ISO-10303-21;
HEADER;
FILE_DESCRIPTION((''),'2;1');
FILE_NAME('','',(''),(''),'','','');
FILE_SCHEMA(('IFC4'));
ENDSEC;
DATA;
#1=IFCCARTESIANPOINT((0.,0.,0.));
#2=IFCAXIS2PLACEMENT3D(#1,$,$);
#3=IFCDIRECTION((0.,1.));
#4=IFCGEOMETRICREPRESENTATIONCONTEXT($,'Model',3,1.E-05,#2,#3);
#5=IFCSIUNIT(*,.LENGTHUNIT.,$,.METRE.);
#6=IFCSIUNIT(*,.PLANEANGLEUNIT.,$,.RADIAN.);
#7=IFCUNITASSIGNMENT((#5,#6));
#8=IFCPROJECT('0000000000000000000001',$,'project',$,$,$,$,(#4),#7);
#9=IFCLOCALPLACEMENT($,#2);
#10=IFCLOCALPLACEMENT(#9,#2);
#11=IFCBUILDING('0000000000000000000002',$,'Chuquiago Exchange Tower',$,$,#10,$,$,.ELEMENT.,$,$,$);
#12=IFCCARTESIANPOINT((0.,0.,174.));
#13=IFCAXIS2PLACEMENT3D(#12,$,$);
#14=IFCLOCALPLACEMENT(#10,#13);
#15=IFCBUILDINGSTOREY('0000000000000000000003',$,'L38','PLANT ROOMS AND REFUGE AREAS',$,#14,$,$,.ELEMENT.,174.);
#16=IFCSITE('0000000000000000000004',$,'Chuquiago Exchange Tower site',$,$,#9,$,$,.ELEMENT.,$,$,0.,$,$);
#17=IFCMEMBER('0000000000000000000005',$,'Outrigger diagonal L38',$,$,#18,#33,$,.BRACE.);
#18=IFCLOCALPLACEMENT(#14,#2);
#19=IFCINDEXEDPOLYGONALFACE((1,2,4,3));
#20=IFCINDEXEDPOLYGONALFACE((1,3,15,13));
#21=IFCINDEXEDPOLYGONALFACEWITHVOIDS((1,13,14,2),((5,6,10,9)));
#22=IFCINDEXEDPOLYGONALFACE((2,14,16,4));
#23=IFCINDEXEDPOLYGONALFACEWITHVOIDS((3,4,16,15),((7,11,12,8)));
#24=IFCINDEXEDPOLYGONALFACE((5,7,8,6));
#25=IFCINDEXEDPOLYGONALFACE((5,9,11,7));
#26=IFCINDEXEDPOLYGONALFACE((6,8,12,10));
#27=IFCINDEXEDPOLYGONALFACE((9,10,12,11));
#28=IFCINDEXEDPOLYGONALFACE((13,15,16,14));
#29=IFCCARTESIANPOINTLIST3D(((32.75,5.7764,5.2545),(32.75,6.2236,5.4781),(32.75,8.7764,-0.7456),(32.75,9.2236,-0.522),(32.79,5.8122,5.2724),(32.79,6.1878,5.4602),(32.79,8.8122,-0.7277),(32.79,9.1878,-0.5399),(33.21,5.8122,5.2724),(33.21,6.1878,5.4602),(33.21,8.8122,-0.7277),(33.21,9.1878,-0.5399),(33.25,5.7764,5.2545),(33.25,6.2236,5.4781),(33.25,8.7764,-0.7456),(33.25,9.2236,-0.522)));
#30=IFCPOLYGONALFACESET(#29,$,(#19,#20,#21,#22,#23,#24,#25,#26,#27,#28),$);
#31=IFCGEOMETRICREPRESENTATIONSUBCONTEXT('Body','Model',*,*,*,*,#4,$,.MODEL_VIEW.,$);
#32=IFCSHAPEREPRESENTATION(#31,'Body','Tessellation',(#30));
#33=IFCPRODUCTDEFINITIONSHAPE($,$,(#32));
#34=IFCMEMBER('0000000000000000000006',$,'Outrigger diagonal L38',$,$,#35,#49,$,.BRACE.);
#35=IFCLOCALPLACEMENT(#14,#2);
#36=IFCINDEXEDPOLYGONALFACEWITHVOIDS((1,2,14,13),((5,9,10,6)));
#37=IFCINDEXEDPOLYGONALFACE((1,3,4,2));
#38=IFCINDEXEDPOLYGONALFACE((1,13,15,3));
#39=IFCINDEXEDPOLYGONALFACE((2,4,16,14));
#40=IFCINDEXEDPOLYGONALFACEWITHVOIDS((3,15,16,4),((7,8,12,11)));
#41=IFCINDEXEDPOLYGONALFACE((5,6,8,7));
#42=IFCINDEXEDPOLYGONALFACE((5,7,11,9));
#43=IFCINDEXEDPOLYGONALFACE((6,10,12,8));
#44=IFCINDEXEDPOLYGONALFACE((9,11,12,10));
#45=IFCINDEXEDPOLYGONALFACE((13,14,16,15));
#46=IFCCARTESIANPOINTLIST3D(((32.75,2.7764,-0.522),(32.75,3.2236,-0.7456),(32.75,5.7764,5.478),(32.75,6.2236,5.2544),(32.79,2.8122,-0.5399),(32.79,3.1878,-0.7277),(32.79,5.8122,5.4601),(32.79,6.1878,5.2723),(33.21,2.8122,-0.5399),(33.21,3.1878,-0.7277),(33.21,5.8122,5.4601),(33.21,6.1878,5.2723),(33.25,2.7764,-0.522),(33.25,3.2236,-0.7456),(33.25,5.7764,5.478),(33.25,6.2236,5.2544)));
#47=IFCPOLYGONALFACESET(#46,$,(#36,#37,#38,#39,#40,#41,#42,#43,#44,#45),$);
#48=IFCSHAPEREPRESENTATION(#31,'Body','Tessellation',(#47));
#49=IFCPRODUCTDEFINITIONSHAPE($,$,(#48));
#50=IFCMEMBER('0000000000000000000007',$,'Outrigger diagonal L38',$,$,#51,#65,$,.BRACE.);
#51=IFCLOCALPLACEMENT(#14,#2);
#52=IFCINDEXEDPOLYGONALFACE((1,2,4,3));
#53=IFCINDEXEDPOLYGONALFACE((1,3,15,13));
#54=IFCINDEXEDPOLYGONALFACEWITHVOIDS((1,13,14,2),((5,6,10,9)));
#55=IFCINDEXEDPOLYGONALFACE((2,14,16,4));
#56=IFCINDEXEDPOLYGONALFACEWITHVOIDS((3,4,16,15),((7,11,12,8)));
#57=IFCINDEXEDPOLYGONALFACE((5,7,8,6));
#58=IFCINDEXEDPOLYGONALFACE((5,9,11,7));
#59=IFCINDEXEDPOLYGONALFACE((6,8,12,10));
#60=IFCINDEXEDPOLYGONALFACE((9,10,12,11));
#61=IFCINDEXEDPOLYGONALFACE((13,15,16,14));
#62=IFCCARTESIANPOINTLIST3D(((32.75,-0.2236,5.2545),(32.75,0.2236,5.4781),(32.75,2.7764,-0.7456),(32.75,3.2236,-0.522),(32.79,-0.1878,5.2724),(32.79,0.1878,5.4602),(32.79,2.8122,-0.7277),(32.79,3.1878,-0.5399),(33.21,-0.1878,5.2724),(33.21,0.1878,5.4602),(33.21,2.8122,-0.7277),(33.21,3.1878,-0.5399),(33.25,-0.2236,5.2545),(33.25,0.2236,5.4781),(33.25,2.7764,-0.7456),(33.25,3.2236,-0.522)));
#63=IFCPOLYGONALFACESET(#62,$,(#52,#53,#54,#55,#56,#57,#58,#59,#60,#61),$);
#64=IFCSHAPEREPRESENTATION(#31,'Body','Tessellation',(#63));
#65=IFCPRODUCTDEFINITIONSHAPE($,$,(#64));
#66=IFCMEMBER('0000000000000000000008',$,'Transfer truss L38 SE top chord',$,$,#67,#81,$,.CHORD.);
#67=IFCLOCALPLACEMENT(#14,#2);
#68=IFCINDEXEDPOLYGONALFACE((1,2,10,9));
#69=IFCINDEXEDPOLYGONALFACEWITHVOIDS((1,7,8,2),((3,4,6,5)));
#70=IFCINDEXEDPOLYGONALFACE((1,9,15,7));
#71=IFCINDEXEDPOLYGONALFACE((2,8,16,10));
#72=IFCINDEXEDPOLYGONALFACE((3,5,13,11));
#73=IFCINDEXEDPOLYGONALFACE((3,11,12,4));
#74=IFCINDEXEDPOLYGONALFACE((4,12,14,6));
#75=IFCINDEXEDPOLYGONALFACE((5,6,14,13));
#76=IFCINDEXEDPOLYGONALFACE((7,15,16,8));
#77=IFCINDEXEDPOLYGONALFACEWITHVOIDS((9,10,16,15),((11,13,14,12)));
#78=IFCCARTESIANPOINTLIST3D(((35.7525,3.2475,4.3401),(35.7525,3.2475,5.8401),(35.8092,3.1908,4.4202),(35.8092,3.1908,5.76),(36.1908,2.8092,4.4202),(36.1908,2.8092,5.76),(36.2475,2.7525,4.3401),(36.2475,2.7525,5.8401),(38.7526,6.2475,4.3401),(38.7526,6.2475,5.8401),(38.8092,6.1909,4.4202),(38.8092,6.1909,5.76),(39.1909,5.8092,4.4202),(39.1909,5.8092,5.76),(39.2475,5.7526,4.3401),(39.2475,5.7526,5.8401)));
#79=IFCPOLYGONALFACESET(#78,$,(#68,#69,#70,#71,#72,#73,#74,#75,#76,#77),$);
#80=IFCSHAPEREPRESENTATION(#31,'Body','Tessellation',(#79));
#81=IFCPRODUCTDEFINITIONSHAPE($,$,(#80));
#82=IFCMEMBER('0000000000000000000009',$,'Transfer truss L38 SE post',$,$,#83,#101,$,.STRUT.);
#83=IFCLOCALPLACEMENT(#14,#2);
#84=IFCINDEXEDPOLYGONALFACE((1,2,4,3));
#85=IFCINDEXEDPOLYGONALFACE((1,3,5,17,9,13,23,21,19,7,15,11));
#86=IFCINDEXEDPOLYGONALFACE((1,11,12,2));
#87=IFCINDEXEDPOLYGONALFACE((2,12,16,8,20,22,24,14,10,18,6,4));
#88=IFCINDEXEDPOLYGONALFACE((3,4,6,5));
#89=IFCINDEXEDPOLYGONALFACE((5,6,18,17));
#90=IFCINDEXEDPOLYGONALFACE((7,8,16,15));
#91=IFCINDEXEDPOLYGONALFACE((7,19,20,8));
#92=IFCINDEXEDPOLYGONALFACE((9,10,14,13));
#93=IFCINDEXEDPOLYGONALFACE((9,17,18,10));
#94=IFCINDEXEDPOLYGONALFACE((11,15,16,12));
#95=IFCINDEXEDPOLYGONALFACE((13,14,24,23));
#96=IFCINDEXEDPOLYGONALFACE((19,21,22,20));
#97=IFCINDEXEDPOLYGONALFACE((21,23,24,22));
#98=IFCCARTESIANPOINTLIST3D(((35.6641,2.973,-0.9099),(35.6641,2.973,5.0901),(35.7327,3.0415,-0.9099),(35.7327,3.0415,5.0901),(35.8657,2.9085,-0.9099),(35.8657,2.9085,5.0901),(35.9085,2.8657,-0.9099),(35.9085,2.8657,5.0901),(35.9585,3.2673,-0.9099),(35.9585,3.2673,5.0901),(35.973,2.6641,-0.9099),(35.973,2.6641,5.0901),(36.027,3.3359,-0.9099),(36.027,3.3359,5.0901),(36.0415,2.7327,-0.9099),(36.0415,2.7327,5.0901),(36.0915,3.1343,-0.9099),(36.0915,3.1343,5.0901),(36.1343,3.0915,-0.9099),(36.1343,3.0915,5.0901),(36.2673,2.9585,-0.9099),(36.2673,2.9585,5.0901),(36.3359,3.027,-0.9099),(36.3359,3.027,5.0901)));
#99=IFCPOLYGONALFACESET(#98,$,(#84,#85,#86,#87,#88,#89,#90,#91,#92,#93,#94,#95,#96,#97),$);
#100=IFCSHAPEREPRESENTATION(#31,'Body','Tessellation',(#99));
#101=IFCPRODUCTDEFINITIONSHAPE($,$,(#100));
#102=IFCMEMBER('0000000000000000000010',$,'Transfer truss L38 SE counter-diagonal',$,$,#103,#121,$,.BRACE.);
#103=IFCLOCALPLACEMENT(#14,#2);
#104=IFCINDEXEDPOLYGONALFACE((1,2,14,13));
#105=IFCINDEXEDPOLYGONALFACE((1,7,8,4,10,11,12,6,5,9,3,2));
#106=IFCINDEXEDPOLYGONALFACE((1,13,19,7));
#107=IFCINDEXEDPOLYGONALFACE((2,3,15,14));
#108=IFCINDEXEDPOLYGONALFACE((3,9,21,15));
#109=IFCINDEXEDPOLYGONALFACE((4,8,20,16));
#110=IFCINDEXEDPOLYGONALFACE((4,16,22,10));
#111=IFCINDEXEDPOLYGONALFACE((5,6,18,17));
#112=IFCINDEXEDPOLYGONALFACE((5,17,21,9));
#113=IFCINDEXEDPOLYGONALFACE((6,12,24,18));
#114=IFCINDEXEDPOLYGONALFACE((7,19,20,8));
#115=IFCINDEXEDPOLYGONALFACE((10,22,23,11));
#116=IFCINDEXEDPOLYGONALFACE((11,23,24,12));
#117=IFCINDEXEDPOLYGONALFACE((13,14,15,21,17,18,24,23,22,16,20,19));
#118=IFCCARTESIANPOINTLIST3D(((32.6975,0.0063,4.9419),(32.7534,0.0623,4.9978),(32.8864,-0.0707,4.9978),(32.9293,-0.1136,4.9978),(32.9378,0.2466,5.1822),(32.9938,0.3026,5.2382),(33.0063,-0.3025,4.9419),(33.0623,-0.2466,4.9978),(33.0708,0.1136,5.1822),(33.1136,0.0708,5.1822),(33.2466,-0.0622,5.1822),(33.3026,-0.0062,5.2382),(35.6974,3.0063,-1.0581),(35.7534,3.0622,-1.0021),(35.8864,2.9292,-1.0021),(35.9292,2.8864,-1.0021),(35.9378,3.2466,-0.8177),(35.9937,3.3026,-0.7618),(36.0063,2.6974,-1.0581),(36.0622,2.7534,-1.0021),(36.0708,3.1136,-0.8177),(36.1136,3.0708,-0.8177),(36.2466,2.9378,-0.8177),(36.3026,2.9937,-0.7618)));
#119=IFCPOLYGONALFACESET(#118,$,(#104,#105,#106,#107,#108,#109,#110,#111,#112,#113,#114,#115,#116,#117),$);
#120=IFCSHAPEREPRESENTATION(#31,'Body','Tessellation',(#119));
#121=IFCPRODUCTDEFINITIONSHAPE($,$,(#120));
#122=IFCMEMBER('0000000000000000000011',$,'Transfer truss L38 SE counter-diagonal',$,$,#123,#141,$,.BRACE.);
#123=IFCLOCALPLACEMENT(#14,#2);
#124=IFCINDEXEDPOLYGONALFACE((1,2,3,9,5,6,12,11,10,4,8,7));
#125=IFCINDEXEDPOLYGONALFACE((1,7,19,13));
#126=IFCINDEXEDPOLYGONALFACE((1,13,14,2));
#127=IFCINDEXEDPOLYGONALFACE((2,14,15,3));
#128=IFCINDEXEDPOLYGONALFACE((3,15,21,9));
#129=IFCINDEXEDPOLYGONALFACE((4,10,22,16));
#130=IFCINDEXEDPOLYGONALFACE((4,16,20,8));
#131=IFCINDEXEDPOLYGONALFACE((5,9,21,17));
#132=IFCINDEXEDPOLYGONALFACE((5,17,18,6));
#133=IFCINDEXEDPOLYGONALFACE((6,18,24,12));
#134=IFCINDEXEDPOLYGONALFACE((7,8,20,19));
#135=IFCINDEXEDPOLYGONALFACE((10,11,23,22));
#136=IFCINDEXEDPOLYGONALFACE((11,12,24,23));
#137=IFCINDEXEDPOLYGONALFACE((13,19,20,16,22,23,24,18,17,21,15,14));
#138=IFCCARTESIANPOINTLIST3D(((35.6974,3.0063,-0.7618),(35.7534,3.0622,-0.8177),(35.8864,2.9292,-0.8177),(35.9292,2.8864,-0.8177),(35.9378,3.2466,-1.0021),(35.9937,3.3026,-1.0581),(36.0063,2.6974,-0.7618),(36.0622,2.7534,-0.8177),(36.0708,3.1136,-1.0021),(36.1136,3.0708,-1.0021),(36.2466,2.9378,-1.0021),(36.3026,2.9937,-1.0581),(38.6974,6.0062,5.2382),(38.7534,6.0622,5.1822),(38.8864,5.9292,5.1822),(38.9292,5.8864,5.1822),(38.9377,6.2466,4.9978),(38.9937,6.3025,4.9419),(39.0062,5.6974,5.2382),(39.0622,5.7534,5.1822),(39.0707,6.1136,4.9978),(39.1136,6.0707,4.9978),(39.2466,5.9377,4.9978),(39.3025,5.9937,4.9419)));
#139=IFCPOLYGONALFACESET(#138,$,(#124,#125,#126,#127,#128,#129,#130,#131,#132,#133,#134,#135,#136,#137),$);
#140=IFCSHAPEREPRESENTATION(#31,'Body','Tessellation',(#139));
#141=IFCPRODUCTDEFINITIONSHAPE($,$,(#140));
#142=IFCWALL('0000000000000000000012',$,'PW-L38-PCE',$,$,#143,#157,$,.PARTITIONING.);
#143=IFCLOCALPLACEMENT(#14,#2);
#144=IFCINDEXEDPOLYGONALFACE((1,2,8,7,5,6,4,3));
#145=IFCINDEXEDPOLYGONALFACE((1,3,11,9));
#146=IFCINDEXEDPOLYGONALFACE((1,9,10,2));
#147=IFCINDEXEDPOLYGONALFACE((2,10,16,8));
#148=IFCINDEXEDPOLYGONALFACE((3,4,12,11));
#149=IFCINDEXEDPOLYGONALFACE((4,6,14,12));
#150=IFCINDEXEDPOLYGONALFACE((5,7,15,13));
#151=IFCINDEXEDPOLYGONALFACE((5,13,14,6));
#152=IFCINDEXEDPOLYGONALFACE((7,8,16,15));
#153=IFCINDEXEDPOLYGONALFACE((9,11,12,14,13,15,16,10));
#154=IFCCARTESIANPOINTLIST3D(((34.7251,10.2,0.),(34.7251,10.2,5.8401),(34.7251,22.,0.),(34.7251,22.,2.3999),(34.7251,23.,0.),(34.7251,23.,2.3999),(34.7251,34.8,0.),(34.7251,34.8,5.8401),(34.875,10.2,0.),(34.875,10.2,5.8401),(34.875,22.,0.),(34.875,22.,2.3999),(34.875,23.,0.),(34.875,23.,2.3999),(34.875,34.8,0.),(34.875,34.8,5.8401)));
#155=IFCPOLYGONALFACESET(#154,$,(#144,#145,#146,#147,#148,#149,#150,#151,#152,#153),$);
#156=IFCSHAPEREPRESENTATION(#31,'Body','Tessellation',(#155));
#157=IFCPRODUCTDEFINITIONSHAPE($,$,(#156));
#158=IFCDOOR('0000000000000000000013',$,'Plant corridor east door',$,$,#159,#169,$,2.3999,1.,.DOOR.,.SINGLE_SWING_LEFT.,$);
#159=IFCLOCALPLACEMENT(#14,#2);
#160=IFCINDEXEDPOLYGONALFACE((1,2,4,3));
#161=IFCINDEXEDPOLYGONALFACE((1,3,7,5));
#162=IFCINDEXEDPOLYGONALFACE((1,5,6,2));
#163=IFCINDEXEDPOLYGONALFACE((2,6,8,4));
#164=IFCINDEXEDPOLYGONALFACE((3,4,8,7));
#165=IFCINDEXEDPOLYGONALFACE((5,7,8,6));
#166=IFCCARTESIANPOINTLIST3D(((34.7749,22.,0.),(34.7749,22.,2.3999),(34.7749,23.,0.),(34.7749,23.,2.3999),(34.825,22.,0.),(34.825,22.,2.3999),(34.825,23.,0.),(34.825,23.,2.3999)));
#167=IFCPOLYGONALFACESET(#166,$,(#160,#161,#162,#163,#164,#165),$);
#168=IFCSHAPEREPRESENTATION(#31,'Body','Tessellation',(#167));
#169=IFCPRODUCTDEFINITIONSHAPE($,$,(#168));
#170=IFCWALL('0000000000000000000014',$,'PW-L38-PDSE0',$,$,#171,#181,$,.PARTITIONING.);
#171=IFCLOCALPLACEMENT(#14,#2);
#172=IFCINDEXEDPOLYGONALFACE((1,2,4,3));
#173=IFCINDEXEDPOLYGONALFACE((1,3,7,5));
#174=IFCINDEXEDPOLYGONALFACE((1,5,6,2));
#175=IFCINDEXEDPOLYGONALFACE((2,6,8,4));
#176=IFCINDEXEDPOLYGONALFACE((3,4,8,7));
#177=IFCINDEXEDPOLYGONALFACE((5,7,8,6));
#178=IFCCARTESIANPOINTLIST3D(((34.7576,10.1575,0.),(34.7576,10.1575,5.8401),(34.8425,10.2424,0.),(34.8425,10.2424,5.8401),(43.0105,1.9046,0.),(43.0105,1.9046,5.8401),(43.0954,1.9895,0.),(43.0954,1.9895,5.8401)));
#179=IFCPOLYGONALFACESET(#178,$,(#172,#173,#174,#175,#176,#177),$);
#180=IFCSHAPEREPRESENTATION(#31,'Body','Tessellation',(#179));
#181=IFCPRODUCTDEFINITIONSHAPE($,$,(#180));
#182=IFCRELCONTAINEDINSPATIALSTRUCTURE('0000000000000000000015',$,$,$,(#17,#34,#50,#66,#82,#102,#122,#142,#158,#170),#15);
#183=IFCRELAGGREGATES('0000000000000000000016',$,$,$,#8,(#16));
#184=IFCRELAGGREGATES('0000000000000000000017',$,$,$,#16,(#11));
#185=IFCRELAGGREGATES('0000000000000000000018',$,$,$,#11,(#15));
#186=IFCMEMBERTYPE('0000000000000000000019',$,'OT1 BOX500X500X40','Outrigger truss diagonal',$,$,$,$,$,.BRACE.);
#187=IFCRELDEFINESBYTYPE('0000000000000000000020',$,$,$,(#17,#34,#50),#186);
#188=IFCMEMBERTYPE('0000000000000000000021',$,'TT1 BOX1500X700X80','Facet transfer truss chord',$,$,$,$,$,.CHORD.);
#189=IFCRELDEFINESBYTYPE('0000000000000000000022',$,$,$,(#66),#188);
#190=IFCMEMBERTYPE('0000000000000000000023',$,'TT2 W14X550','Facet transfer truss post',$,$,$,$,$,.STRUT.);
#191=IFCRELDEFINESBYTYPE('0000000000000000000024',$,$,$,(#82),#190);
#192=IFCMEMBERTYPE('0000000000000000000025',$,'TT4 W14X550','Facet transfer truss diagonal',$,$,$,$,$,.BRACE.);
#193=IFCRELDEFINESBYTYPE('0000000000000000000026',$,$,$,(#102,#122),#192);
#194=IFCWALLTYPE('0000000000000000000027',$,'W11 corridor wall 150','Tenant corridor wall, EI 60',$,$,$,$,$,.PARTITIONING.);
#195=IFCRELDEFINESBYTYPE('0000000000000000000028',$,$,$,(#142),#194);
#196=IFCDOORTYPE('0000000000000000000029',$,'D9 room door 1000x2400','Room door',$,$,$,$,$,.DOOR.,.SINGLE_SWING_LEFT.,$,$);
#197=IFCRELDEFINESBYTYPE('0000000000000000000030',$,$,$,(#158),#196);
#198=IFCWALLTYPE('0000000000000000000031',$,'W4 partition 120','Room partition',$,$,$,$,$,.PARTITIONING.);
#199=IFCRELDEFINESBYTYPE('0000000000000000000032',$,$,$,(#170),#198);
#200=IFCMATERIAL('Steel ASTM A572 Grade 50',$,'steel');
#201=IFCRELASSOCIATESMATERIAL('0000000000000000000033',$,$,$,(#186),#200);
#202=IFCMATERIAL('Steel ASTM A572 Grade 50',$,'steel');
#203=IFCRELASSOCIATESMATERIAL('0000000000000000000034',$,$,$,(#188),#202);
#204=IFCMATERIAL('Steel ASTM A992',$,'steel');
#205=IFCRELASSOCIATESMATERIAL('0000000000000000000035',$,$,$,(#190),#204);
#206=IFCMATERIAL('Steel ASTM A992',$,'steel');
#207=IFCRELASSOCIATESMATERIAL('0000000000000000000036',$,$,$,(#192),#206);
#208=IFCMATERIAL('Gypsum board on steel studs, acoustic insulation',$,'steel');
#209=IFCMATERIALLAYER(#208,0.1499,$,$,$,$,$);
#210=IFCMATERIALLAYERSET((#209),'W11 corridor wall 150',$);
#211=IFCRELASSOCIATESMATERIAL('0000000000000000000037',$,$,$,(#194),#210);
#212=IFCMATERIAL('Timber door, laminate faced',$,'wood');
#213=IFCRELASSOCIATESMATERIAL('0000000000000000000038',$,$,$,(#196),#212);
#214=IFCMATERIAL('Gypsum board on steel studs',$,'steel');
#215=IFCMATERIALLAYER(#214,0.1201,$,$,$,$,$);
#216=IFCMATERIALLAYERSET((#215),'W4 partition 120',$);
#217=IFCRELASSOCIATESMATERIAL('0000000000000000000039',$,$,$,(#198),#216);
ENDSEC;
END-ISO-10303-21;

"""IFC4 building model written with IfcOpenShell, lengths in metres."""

from ifc_helpers import new_model, si_unit, direction, frame, frame_2d, origin, origin_2d, place, context, subcontext, project, spatial, rectangle, hollow_rectangle, i_section, extrude, material, layer, layer_set, material_profile, profile_set, type_object, element, fill, save


model = new_model("IFC4")

# Units and contexts
model_context = context("Model", 3, precision=1e-05, world=origin(), true_north=direction((0.0, 1.0)))
body_context = subcontext(model_context, "Body", "Model", "MODEL_VIEW")
ifc_project = project(units=[si_unit("LENGTHUNIT", "METRE"), si_unit("PLANEANGLEUNIT", "RADIAN")], contexts=[model_context])

# Site, building, storey
site_placement = place(None, origin())
site = spatial("IfcSite", under=ifc_project, at=site_placement, Name="Chuquiago Exchange Tower site", CompositionType="ELEMENT", RefElevation=0.0)
building_placement = place(site_placement, origin())
building = spatial("IfcBuilding", under=site, at=building_placement, Name="Chuquiago Exchange Tower", CompositionType="ELEMENT")
storey_placement = place(building_placement, frame((0.0, 0.0, 174.0)))
storey = spatial("IfcBuildingStorey", under=building, at=storey_placement, Name="L38", Description="PLANT ROOMS AND REFUGE AREAS", CompositionType="ELEMENT", Elevation=174.0)

# Members
ifc_material_1 = material(Name="Steel ASTM A572 Grade 50", Category="steel")
ifc_material_profile_1 = material_profile(ifc_material_1, hollow_rectangle(XDim=0.5, YDim=0.5, WallThickness=0.04, at=origin_2d()), Name="BOX500X500X40")
ifc_profile_set_1 = profile_set([ifc_material_profile_1], Name="Steel ASTM A572 Grade 50")
member_type_1 = type_object("IfcMemberType", Name="OT1 BOX500X500X40", Description="Outrigger truss diagonal", PredefinedType="BRACE", material=ifc_profile_set_1)
for number, where, z_axis, x_axis, name in (
    (1, (33.0, 9.0, -0.6338), (0.0, -0.447214, 0.894427), (1.0, 0.0, 0.0), "Outrigger diagonal L38"),
    (2, (33.0, 6.0, 5.3662), (0.0, -0.447214, -0.894427), (1.0, 0.0, 0.0), "Outrigger diagonal L38"),
    (3, (33.0, 3.0, -0.6338), (0.0, -0.447214, 0.894427), (1.0, 0.0, 0.0), "Outrigger diagonal L38"),
):
    element("IfcMember", number, at=place(storey_placement, frame(where, z_axis=z_axis, x_axis=x_axis)), inside=storey, type_object=member_type_1, Name=name, PredefinedType="BRACE", context=body_context, shape_type="SweptSolid", body=[
        extrude(hollow_rectangle(XDim=0.5, YDim=0.5, WallThickness=0.04, at=origin_2d()), origin(), (0.0, 0.0, 1.0), 6.7083),
    ])
ifc_material_2 = material(Name="Steel ASTM A572 Grade 50", Category="steel")
ifc_material_profile_2 = material_profile(ifc_material_2, hollow_rectangle(XDim=0.7, YDim=1.5, WallThickness=0.0801, at=origin_2d()), Name="BOX1500X700X80")
ifc_profile_set_2 = profile_set([ifc_material_profile_2], Name="Steel ASTM A572 Grade 50")
member_type_2 = type_object("IfcMemberType", Name="TT1 BOX1500X700X80", Description="Facet transfer truss chord", PredefinedType="CHORD", material=ifc_profile_set_2)
member_1_placement = place(storey_placement, frame((36.0, 3.0, 5.0901), z_axis=(0.707107, 0.707107, 0.0), x_axis=(-0.707107, 0.707107, 0.0)))
element("IfcMember", 4, at=member_1_placement, inside=storey, type_object=member_type_2, Name="Transfer truss L38 SE top chord", PredefinedType="CHORD", context=body_context, shape_type="SweptSolid", body=[
    extrude(hollow_rectangle(XDim=0.7, YDim=1.5, WallThickness=0.0801, at=origin_2d()), origin(), (0.0, 0.0, 1.0), 4.2427),
])
ifc_material_3 = material(Name="Steel ASTM A992", Category="steel")
ifc_material_profile_3 = material_profile(ifc_material_3, i_section(OverallWidth=0.4368, OverallDepth=0.5132, WebThickness=0.0605, FlangeThickness=0.0969, at=origin_2d()), Name="W14X550")
ifc_profile_set_3 = profile_set([ifc_material_profile_3], Name="Steel ASTM A992")
member_type_3 = type_object("IfcMemberType", Name="TT2 W14X550", Description="Facet transfer truss post", PredefinedType="STRUT", material=ifc_profile_set_3)
member_2_placement = place(storey_placement, frame((36.0, 3.0, -0.9099), z_axis=(0.0, 0.0, 1.0), x_axis=(0.707107, -0.707107, 0.0)))
element("IfcMember", 5, at=member_2_placement, inside=storey, type_object=member_type_3, Name="Transfer truss L38 SE post", PredefinedType="STRUT", context=body_context, shape_type="SweptSolid", body=[
    extrude(i_section(OverallWidth=0.4368, OverallDepth=0.5132, WebThickness=0.0605, FlangeThickness=0.0969, at=origin_2d()), origin(), (0.0, 0.0, 1.0), 6.0),
])
ifc_material_4 = material(Name="Steel ASTM A992", Category="steel")
ifc_material_profile_4 = material_profile(ifc_material_4, i_section(OverallWidth=0.4368, OverallDepth=0.5132, WebThickness=0.0605, FlangeThickness=0.0969, at=origin_2d()), Name="W14X550")
ifc_profile_set_4 = profile_set([ifc_material_profile_4], Name="Steel ASTM A992")
member_type_4 = type_object("IfcMemberType", Name="TT4 W14X550", Description="Facet transfer truss diagonal", PredefinedType="BRACE", material=ifc_profile_set_4)
for number, where, z_axis, x_axis, name in (
    (6, (36.0, 3.0, -0.9099), (-0.408248, -0.408248, 0.816497), (0.707107, -0.707107, 0.0), "Transfer truss L38 SE counter-diagonal"),
    (7, (36.0, 3.0, -0.9099), (0.408248, 0.408248, 0.816497), (-0.707107, 0.707107, 0.0), "Transfer truss L38 SE counter-diagonal"),
):
    element("IfcMember", number, at=place(storey_placement, frame(where, z_axis=z_axis, x_axis=x_axis)), inside=storey, type_object=member_type_4, Name=name, PredefinedType="BRACE", context=body_context, shape_type="SweptSolid", body=[
        extrude(i_section(OverallWidth=0.4368, OverallDepth=0.5132, WebThickness=0.0605, FlangeThickness=0.0969, at=origin_2d()), origin(), (0.0, 0.0, 1.0), 7.3484),
    ])

# Wall, opening, door
ifc_material_5 = material(Name="Gypsum board on steel studs, acoustic insulation", Category="steel")
ifc_layer_1 = layer(ifc_material_5, 0.1499)
ifc_layer_set_1 = layer_set([ifc_layer_1], Name="W11 corridor wall 150")
wall_type_1 = type_object("IfcWallType", Name="W11 corridor wall 150", Description="Tenant corridor wall, EI 60", PredefinedType="PARTITIONING", material=ifc_layer_set_1)
wall_1_placement = place(storey_placement, frame((34.8, 10.2, 0.0), z_axis=(0.0, 0.0, 1.0), x_axis=(0.0, 1.0, 0.0)))
wall_1 = element("IfcWall", 8, at=wall_1_placement, inside=storey, type_object=wall_type_1, Name="PW-L38-PCE", PredefinedType="PARTITIONING", context=body_context, shape_type="SweptSolid", body=[
    extrude(rectangle(XDim=24.6001, YDim=0.1499, at=frame_2d((12.3, 0.0))), origin(), (0.0, 0.0, 1.0), 5.8401),
])
opening_placement = place(wall_1_placement, frame((11.8, 0.0, 0.0)))
opening = element("IfcOpeningElement", 9, at=opening_placement, cuts=wall_1, PredefinedType="OPENING", context=body_context, shape_type="SweptSolid", body=[
    extrude(rectangle(XDim=1.0, YDim=2.3999, at=frame_2d((0.5, 1.2))), frame((0.0, 0.085, 0.0), z_axis=(0.0, -1.0, 0.0), x_axis=(1.0, 0.0, 0.0)), (0.0, 0.0, 1.0), 0.1699),
])
ifc_material_6 = material(Name="Timber door, laminate faced", Category="wood")
door_type = type_object("IfcDoorType", Name="D9 room door 1000x2400", Description="Room door", OperationType="SINGLE_SWING_LEFT", PredefinedType="DOOR", material=ifc_material_6)
door_placement = place(opening_placement, frame((1.0, 0.0, 0.0), z_axis=(0.0, 0.0, 1.0), x_axis=(-1.0, 0.0, 0.0)))
door = element("IfcDoor", 10, at=door_placement, inside=storey, type_object=door_type, Name="Plant corridor east door", OperationType="SINGLE_SWING_LEFT", OverallHeight=2.3999, OverallWidth=1.0, PredefinedType="DOOR", context=body_context, shape_type="SweptSolid", body=[
    extrude(rectangle(XDim=1.0, YDim=2.3999, at=frame_2d((0.5, 1.2))), frame((0.0, 0.0249, 0.0), z_axis=(0.0, -1.0, 0.0), x_axis=(1.0, 0.0, 0.0)), (0.0, 0.0, 1.0), 0.05),
])
fill(opening, door)

# Wall
ifc_material_7 = material(Name="Gypsum board on steel studs", Category="steel")
ifc_layer_2 = layer(ifc_material_7, 0.1201)
ifc_layer_set_2 = layer_set([ifc_layer_2], Name="W4 partition 120")
wall_type_2 = type_object("IfcWallType", Name="W4 partition 120", Description="Room partition", PredefinedType="PARTITIONING", material=ifc_layer_set_2)
wall_2_placement = place(storey_placement, frame((34.8, 10.2, 0.0), z_axis=(0.0, 0.0, 1.0), x_axis=(0.707107, -0.707107, 0.0)))
element("IfcWall", 11, at=wall_2_placement, inside=storey, type_object=wall_type_2, Name="PW-L38-PDSE0", PredefinedType="PARTITIONING", context=body_context, shape_type="SweptSolid", body=[
    extrude(rectangle(XDim=11.6714, YDim=0.1201, at=frame_2d((5.8357, 0.0))), origin(), (0.0, 0.0, 1.0), 5.8401),
])

save(model, "model.ifc")
